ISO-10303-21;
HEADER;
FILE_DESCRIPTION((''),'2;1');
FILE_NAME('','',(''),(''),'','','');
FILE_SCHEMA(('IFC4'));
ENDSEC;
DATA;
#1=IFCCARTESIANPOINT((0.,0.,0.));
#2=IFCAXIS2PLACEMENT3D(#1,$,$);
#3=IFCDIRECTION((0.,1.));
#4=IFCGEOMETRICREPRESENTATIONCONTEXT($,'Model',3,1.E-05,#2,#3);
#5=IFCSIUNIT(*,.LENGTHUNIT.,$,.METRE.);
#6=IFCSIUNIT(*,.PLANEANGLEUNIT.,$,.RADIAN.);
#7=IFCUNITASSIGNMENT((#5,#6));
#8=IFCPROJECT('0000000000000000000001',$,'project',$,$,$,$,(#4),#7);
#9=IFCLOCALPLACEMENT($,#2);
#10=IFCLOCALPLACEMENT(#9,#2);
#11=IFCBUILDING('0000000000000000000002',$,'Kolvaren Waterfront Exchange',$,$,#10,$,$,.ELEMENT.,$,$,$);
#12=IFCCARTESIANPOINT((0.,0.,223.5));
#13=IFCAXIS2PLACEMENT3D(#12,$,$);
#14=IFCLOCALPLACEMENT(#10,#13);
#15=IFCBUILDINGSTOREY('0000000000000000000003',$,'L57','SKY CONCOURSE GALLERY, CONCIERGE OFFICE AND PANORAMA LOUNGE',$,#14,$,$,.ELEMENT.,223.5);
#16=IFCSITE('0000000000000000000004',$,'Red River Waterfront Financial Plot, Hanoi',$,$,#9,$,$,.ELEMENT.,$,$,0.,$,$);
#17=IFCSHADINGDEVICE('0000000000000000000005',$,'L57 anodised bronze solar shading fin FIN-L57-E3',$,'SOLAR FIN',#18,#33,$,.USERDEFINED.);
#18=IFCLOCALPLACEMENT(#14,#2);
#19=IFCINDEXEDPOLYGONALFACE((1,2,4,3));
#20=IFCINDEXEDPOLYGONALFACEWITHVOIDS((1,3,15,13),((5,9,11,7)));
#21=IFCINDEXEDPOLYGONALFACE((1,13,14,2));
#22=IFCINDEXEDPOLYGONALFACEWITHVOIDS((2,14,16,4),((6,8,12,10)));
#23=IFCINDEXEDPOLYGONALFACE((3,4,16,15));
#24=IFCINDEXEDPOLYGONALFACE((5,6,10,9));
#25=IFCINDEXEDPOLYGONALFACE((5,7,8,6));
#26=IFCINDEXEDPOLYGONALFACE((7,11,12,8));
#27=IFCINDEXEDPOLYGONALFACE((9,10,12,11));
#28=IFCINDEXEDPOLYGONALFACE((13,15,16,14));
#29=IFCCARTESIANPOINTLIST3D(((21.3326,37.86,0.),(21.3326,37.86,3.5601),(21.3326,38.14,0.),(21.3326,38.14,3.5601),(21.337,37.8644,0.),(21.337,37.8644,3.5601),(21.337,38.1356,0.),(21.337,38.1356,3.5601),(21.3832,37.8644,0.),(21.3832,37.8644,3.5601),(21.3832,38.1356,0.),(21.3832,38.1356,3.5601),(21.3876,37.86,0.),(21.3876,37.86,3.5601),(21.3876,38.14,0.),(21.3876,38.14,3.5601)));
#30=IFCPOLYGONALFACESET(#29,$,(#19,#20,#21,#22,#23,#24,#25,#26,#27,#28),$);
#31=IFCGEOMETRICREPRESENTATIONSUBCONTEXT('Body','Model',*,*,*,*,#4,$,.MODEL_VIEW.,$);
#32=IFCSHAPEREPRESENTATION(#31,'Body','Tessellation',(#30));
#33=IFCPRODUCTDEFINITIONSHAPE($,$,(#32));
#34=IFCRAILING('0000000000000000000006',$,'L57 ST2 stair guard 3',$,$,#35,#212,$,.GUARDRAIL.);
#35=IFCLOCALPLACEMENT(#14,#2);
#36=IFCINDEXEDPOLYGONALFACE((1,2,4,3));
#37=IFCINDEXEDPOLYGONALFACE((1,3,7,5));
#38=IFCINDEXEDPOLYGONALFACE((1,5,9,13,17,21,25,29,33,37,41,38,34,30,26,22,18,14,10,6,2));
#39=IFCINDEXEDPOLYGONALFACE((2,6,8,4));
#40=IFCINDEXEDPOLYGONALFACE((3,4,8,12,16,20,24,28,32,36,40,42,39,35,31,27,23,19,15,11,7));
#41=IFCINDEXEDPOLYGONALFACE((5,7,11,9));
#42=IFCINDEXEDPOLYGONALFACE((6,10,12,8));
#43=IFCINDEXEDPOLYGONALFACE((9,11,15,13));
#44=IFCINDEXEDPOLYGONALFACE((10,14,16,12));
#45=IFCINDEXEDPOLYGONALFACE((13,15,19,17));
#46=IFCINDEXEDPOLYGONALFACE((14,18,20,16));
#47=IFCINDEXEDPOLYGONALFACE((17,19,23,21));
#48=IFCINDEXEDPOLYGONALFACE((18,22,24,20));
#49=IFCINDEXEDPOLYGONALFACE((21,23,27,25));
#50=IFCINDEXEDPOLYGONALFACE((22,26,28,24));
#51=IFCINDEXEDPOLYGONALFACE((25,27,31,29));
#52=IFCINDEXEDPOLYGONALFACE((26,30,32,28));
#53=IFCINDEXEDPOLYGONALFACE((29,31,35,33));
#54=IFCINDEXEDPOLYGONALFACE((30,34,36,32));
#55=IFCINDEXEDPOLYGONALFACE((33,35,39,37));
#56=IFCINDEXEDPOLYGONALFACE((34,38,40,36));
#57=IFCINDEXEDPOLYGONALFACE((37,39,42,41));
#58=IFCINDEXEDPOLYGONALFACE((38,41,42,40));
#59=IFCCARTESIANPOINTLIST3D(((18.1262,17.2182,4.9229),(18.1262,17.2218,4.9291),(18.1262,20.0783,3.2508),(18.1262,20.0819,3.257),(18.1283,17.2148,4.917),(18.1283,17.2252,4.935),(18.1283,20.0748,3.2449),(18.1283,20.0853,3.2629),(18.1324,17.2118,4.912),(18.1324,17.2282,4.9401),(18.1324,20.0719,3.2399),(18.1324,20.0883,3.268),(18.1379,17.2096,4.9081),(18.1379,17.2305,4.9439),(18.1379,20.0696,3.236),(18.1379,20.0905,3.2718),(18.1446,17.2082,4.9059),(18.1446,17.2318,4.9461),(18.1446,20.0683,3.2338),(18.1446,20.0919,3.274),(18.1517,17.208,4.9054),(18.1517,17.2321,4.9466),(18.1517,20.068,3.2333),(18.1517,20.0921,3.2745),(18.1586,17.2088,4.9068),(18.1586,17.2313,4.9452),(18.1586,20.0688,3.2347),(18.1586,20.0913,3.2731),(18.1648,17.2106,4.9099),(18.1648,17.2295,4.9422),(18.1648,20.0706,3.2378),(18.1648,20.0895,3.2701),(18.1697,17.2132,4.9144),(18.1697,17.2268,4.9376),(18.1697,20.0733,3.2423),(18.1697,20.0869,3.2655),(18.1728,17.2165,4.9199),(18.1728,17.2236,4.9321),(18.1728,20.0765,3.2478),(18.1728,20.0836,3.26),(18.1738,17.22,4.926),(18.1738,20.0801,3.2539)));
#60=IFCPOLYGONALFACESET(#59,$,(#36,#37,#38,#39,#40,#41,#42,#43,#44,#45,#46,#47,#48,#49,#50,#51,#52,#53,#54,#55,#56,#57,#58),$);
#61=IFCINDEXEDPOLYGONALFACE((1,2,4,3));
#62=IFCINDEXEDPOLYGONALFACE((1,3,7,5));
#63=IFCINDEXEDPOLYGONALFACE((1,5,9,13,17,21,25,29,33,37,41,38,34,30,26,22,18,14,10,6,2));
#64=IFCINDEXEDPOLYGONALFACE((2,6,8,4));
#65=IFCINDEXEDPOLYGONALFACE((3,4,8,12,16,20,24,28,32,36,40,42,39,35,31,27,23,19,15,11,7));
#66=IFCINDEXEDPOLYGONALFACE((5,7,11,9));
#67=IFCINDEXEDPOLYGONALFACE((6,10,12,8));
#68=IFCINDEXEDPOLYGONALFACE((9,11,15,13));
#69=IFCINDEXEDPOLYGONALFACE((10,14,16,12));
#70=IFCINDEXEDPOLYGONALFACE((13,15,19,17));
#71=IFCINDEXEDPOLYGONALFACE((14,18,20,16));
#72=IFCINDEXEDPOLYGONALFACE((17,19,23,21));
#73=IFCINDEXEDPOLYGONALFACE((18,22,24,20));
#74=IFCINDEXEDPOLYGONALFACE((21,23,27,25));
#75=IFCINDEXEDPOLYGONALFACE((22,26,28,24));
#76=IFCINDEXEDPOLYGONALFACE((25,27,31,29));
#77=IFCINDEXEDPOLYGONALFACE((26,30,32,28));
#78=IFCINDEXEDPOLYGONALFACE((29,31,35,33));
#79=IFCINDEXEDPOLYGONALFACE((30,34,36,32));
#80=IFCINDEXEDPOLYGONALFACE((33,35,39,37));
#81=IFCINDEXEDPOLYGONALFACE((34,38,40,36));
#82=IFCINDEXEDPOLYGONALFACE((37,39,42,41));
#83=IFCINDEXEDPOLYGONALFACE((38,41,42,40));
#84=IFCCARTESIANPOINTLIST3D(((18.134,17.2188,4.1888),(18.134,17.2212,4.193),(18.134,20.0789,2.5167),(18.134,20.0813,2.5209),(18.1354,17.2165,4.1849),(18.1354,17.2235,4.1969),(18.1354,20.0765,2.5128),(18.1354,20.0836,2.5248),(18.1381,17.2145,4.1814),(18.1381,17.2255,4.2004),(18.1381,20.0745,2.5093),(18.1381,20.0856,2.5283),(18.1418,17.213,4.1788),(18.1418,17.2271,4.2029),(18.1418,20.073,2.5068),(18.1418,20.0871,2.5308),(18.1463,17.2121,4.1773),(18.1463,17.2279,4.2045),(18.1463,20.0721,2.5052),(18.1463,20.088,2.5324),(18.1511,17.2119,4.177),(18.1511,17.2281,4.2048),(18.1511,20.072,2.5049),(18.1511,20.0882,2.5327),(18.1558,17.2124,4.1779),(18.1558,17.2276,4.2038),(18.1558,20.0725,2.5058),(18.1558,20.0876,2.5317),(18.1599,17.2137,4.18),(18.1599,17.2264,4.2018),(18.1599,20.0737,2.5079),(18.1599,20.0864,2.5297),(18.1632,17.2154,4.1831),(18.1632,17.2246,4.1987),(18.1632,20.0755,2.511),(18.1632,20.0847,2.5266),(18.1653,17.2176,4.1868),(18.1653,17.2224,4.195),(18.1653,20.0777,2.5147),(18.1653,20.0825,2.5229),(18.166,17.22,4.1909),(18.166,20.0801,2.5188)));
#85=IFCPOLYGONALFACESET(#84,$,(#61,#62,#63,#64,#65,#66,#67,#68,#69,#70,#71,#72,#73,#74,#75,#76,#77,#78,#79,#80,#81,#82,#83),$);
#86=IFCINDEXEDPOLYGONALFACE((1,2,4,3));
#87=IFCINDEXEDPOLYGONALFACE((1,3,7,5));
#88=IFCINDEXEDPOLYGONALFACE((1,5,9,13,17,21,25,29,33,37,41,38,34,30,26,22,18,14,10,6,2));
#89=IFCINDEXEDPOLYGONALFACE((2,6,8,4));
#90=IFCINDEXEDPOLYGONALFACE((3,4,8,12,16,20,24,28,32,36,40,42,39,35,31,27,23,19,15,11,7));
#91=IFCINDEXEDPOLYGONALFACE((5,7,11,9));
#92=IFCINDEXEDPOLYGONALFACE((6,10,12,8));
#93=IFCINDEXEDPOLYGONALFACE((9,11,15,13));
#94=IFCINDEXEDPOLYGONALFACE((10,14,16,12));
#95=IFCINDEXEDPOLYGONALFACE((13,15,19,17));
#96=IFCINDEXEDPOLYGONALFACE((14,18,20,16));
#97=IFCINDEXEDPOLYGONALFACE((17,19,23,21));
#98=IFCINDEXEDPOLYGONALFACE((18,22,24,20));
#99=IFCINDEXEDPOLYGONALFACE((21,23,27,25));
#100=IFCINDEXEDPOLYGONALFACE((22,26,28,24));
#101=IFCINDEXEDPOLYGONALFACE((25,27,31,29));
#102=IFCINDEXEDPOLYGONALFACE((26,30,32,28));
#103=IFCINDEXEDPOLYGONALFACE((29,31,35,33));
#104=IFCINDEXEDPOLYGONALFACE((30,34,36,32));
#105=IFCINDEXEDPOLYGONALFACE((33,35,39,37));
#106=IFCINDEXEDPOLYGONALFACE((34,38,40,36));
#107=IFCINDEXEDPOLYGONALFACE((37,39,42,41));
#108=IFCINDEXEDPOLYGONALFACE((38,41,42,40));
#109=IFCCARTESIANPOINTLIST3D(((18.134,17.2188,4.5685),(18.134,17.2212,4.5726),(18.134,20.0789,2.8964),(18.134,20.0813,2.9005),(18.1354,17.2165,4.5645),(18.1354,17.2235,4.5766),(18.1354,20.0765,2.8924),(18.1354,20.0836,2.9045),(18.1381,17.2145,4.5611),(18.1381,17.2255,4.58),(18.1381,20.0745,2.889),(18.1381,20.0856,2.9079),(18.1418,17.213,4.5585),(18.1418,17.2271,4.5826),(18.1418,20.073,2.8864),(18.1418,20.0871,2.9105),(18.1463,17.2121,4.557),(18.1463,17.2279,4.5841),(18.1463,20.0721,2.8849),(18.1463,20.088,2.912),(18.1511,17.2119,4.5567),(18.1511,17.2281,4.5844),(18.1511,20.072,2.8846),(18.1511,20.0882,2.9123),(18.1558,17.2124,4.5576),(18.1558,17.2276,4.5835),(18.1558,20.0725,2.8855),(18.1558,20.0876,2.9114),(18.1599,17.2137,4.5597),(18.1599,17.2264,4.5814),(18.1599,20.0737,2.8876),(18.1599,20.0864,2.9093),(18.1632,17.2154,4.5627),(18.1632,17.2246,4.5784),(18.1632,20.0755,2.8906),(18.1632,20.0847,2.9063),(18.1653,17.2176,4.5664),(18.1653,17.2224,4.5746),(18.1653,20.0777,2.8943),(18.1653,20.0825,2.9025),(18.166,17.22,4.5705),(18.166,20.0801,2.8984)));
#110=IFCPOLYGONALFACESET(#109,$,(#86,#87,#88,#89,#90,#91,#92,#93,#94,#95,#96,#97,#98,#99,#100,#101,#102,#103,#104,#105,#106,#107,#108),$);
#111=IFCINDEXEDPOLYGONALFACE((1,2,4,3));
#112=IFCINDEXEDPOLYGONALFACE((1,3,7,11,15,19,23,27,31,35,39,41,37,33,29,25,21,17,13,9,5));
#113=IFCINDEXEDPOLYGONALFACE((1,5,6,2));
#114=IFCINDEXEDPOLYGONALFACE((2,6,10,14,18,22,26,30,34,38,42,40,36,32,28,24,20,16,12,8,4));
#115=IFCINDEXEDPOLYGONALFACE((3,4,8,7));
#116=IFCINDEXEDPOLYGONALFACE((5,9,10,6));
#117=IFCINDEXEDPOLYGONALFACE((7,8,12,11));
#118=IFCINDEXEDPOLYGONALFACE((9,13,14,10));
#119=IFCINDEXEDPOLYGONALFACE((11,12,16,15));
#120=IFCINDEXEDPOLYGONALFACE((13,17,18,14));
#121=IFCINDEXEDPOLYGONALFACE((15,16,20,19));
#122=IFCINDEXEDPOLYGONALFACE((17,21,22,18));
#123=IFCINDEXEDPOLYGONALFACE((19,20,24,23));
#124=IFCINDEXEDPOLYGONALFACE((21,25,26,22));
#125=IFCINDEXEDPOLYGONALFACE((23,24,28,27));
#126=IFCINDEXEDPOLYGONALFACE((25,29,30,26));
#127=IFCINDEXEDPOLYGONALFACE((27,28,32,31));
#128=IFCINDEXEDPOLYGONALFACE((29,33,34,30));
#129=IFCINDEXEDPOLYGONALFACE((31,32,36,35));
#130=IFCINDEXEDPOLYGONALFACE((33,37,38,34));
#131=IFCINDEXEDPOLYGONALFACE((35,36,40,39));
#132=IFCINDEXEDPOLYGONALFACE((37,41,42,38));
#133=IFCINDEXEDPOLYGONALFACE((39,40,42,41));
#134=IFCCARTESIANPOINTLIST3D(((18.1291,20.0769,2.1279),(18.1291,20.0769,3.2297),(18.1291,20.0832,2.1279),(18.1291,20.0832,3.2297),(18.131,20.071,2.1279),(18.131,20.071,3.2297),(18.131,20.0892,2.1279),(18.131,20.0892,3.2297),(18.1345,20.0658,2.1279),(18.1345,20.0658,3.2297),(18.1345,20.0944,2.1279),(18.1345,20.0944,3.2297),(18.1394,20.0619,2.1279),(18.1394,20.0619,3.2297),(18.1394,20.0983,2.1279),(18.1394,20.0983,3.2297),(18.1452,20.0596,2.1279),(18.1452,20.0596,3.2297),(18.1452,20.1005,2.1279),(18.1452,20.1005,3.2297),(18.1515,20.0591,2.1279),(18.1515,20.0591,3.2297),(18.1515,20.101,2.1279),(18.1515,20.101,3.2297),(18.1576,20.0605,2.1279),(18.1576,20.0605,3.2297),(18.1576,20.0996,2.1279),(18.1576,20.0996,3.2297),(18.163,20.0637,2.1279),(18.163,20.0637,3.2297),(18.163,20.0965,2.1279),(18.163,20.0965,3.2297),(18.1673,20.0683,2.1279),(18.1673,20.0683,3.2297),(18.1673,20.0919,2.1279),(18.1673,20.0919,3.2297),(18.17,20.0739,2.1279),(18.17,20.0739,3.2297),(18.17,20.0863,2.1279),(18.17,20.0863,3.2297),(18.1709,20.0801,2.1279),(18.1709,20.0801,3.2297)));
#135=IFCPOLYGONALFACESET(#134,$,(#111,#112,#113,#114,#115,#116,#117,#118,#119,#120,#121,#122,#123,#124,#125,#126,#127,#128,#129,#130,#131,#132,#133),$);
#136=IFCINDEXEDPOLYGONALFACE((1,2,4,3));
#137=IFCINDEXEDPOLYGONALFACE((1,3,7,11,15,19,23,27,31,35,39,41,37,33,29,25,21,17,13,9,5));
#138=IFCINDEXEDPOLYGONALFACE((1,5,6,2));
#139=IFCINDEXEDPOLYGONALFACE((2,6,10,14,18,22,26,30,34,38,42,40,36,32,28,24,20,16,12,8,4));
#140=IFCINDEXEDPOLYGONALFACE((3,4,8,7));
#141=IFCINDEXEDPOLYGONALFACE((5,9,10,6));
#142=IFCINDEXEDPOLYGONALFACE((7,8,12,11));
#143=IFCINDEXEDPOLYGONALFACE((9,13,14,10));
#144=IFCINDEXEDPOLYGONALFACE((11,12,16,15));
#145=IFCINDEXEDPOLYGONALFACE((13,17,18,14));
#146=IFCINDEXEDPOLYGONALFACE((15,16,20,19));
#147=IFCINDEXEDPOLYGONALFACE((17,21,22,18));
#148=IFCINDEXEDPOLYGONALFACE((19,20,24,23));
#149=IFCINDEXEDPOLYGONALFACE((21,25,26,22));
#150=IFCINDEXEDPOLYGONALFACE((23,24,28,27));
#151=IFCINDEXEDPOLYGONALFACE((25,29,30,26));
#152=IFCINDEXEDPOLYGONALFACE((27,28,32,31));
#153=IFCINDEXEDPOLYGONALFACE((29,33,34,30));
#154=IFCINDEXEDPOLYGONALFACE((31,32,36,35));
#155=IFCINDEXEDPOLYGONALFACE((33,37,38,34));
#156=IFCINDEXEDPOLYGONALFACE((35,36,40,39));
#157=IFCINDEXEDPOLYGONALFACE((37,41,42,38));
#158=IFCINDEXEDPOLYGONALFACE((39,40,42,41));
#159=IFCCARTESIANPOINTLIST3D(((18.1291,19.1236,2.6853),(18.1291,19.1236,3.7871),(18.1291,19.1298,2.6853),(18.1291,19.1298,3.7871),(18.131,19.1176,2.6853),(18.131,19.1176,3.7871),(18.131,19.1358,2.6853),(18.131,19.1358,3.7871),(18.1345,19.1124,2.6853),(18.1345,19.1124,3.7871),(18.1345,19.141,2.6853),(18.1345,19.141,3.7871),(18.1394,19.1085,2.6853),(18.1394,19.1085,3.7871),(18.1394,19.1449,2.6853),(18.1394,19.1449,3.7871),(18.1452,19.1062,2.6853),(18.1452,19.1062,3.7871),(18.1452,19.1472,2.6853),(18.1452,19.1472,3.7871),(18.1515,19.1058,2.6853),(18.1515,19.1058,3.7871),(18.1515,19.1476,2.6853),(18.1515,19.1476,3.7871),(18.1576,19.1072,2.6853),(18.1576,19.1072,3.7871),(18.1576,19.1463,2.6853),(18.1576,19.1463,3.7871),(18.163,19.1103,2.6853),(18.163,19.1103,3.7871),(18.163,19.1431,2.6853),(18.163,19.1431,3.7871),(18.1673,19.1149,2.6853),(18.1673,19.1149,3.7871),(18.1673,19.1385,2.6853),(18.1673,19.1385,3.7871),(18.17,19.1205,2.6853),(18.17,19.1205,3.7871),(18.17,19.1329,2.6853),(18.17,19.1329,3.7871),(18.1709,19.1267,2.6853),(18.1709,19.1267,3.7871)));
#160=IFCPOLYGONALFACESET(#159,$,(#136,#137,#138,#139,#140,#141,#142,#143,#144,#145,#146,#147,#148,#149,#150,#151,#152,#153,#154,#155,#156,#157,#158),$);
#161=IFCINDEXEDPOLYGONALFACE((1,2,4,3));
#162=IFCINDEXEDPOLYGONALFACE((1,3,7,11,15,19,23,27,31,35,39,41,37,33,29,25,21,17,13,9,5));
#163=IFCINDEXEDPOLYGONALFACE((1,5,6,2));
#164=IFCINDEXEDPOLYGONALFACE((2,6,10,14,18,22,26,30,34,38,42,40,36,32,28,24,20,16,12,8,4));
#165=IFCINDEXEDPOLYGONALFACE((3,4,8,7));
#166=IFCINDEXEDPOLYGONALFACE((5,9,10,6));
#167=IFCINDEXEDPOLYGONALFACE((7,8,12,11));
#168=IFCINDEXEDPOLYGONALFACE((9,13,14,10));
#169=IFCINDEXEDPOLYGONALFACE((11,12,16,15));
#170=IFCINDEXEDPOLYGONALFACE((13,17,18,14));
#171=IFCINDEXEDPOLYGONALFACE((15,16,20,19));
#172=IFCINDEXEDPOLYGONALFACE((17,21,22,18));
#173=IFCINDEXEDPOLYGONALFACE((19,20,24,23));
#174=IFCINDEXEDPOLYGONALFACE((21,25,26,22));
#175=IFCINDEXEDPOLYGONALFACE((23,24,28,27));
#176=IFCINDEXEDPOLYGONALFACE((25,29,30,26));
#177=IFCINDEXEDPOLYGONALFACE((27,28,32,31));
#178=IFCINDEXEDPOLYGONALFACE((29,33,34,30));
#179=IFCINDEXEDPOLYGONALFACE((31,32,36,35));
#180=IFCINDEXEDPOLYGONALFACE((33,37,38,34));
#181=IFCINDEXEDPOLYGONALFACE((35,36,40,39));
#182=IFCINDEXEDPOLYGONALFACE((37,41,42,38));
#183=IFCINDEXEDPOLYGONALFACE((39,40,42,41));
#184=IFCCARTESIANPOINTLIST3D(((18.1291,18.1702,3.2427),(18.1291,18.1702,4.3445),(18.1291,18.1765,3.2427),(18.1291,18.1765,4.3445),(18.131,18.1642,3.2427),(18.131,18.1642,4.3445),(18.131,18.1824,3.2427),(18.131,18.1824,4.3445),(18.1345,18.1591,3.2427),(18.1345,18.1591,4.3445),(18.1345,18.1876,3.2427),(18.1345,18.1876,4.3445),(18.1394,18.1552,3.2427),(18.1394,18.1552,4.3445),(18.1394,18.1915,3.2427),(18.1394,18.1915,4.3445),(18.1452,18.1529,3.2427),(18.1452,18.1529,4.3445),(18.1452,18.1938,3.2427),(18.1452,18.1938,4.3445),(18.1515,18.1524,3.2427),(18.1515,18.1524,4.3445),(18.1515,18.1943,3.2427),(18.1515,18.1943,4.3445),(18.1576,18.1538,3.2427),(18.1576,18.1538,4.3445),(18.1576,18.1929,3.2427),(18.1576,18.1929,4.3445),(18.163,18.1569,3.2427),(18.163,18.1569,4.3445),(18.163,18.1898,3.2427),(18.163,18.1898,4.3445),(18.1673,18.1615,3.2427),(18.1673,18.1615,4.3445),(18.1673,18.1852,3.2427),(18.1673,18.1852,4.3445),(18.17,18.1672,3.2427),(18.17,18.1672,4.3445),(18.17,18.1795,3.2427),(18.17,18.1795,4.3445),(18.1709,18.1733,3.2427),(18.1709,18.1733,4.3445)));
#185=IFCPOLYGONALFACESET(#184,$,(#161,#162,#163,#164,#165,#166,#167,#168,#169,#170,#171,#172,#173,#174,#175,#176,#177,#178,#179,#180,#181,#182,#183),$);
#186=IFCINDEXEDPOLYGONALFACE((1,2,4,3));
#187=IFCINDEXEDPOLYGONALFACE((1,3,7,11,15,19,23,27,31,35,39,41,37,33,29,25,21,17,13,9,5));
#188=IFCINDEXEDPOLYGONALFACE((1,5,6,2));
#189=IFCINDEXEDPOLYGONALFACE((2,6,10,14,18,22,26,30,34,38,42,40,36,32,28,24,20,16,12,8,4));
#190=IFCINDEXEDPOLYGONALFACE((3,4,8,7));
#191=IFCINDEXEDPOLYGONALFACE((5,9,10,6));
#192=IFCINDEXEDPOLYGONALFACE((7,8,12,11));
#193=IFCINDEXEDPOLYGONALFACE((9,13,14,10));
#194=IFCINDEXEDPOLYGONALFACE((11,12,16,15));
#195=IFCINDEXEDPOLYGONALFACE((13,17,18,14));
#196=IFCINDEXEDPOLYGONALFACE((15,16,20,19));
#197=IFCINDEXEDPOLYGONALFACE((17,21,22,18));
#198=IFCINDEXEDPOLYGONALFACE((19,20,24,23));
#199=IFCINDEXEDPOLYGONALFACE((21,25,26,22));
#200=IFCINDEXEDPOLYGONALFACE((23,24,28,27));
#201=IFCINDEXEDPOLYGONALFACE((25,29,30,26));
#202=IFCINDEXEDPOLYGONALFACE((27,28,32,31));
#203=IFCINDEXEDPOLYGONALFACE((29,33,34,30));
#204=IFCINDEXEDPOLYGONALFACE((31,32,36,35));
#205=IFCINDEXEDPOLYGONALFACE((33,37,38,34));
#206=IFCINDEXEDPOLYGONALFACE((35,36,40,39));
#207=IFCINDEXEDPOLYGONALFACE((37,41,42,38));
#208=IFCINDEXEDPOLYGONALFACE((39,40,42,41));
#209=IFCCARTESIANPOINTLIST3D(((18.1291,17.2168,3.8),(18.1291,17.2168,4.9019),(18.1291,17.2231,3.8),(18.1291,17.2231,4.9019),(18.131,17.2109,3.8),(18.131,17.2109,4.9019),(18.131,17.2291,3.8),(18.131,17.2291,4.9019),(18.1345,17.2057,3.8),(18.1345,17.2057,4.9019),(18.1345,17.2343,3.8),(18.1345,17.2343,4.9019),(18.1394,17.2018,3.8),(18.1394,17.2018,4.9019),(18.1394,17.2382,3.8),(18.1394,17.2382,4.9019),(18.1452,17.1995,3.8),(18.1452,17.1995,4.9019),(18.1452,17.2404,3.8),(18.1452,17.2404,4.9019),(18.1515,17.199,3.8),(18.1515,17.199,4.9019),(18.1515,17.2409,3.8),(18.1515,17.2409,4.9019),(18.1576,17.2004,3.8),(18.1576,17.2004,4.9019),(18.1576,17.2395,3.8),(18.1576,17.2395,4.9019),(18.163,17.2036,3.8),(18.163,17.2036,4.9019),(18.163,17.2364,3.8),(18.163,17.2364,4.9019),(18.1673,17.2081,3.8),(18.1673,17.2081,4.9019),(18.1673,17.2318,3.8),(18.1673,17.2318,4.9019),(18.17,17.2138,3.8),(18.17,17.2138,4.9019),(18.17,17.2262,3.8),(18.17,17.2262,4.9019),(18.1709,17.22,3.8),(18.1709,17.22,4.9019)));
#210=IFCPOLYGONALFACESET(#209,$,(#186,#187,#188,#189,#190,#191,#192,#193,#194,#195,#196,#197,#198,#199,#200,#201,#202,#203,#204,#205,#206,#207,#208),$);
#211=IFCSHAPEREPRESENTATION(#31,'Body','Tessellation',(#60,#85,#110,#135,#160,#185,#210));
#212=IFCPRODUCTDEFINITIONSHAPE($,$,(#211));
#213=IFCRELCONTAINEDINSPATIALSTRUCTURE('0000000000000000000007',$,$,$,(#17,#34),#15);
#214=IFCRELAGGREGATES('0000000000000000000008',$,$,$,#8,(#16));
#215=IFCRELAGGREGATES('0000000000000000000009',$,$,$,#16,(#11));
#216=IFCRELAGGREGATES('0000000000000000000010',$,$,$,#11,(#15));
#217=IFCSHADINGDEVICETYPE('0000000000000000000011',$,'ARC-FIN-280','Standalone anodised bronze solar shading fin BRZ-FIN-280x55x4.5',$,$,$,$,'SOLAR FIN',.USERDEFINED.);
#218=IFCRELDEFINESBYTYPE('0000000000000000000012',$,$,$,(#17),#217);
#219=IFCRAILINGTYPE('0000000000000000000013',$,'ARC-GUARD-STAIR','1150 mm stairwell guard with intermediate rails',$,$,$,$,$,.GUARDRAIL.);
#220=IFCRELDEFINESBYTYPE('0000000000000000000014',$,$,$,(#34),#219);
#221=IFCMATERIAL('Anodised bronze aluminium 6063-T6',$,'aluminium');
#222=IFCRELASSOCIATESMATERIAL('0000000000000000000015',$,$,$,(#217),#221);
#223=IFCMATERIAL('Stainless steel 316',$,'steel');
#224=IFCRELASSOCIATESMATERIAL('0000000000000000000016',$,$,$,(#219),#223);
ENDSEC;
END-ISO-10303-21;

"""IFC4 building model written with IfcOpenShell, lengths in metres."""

from ifc_helpers import new_model, si_unit, direction, frame, origin, origin_2d, place, context, subcontext, project, spatial, hollow_rectangle, circle, extrude, material, material_profile, profile_set, type_object, element, save


model = new_model("IFC4")

# Units and contexts
model_context = context("Model", 3, precision=1e-05, world=origin(), true_north=direction((0.0, 1.0)))
body_context = subcontext(model_context, "Body", "Model", "MODEL_VIEW")
ifc_project = project(units=[si_unit("LENGTHUNIT", "METRE"), si_unit("PLANEANGLEUNIT", "RADIAN")], contexts=[model_context])

# Site, building, storey
site_placement = place(None, origin())
site = spatial("IfcSite", under=ifc_project, at=site_placement, Name="Red River Waterfront Financial Plot, Hanoi", CompositionType="ELEMENT", RefElevation=0.0)
building_placement = place(site_placement, origin())
building = spatial("IfcBuilding", under=site, at=building_placement, Name="Kolvaren Waterfront Exchange", CompositionType="ELEMENT")
storey_placement = place(building_placement, frame((0.0, 0.0, 223.5)))
storey = spatial("IfcBuildingStorey", under=building, at=storey_placement, Name="L57", Description="SKY CONCOURSE GALLERY, CONCIERGE OFFICE AND PANORAMA LOUNGE", CompositionType="ELEMENT", Elevation=223.5)

# Shared definitions
ifc_material_1 = material(Name="Anodised bronze aluminium 6063-T6", Category="aluminium")

# Shading device
ifc_material_profile_1 = material_profile(ifc_material_1, hollow_rectangle(XDim=0.0549, YDim=0.28, WallThickness=0.0044, at=origin_2d()), Name="BRZ-FIN-280x55x4.5")
ifc_profile_set_1 = profile_set([ifc_material_profile_1], Name="Anodised bronze aluminium 6063-T6")
shading_device_type = type_object("IfcShadingDeviceType", Name="ARC-FIN-280", Description="Standalone anodised bronze solar shading fin BRZ-FIN-280x55x4.5", ElementType="SOLAR FIN", PredefinedType="USERDEFINED", material=ifc_profile_set_1)
for number, where, z_axis, x_axis, name in (
    (1, (21.3601, 38.0, 0.0), (0.0, 0.0, 1.0), (1.0, 0.0, 0.0), "L57 anodised bronze solar shading fin FIN-L57-E3"),
):
    element("IfcShadingDevice", number, at=place(storey_placement, frame(where, z_axis=z_axis, x_axis=x_axis)), inside=storey, type_object=shading_device_type, Name=name, ObjectType="SOLAR FIN", PredefinedType="USERDEFINED", context=body_context, shape_type="SweptSolid", body=[
        extrude(hollow_rectangle(XDim=0.0549, YDim=0.28, WallThickness=0.0044, at=origin_2d()), origin(), (0.0, 0.0, 1.0), 3.5601),
    ])

# Railing
ifc_material_2 = material(Name="Stainless steel 316", Category="steel")
railing_type_1 = type_object("IfcRailingType", Name="ARC-GUARD-STAIR", Description="1150 mm stairwell guard with intermediate rails", PredefinedType="GUARDRAIL", material=ifc_material_2)
railing_1_placement = place(storey_placement, frame((18.1499, 20.0801, 2.1279)))
element("IfcRailing", 2, at=railing_1_placement, inside=storey, type_object=railing_type_1, Name="L57 ST2 stair guard 3", PredefinedType="GUARDRAIL", context=body_context, shape_type="SweptSolid", body=[
    extrude(circle(Radius=0.0239, at=origin_2d()), frame((0.0, 0.0, 1.126), z_axis=(0.0, -0.863289, 0.504709), x_axis=(1.0, 0.0, 0.0)), (0.0, 0.0, 1.0), 3.313),
    extrude(circle(Radius=0.0161, at=origin_2d()), frame((0.0, 0.0, 0.3909), z_axis=(0.0, -0.863289, 0.504709), x_axis=(1.0, 0.0, 0.0)), (0.0, 0.0, 1.0), 3.313),
    extrude(circle(Radius=0.0161, at=origin_2d()), frame((0.0, 0.0, 0.7705), z_axis=(0.0, -0.863289, 0.504709), x_axis=(1.0, 0.0, 0.0)), (0.0, 0.0, 1.0), 3.313),
    extrude(circle(Radius=0.021, at=origin_2d()), origin(), (0.0, 0.0, 1.0), 1.1018),
    extrude(circle(Radius=0.021, at=origin_2d()), frame((0.0, -0.9534, 0.5574)), (0.0, 0.0, 1.0), 1.1018),
    extrude(circle(Radius=0.021, at=origin_2d()), frame((0.0, -1.9067, 1.1147)), (0.0, 0.0, 1.0), 1.1018),
    extrude(circle(Radius=0.021, at=origin_2d()), frame((0.0, -2.8601, 1.6721)), (0.0, 0.0, 1.0), 1.1018),
])

save(model, "model.ifc")
